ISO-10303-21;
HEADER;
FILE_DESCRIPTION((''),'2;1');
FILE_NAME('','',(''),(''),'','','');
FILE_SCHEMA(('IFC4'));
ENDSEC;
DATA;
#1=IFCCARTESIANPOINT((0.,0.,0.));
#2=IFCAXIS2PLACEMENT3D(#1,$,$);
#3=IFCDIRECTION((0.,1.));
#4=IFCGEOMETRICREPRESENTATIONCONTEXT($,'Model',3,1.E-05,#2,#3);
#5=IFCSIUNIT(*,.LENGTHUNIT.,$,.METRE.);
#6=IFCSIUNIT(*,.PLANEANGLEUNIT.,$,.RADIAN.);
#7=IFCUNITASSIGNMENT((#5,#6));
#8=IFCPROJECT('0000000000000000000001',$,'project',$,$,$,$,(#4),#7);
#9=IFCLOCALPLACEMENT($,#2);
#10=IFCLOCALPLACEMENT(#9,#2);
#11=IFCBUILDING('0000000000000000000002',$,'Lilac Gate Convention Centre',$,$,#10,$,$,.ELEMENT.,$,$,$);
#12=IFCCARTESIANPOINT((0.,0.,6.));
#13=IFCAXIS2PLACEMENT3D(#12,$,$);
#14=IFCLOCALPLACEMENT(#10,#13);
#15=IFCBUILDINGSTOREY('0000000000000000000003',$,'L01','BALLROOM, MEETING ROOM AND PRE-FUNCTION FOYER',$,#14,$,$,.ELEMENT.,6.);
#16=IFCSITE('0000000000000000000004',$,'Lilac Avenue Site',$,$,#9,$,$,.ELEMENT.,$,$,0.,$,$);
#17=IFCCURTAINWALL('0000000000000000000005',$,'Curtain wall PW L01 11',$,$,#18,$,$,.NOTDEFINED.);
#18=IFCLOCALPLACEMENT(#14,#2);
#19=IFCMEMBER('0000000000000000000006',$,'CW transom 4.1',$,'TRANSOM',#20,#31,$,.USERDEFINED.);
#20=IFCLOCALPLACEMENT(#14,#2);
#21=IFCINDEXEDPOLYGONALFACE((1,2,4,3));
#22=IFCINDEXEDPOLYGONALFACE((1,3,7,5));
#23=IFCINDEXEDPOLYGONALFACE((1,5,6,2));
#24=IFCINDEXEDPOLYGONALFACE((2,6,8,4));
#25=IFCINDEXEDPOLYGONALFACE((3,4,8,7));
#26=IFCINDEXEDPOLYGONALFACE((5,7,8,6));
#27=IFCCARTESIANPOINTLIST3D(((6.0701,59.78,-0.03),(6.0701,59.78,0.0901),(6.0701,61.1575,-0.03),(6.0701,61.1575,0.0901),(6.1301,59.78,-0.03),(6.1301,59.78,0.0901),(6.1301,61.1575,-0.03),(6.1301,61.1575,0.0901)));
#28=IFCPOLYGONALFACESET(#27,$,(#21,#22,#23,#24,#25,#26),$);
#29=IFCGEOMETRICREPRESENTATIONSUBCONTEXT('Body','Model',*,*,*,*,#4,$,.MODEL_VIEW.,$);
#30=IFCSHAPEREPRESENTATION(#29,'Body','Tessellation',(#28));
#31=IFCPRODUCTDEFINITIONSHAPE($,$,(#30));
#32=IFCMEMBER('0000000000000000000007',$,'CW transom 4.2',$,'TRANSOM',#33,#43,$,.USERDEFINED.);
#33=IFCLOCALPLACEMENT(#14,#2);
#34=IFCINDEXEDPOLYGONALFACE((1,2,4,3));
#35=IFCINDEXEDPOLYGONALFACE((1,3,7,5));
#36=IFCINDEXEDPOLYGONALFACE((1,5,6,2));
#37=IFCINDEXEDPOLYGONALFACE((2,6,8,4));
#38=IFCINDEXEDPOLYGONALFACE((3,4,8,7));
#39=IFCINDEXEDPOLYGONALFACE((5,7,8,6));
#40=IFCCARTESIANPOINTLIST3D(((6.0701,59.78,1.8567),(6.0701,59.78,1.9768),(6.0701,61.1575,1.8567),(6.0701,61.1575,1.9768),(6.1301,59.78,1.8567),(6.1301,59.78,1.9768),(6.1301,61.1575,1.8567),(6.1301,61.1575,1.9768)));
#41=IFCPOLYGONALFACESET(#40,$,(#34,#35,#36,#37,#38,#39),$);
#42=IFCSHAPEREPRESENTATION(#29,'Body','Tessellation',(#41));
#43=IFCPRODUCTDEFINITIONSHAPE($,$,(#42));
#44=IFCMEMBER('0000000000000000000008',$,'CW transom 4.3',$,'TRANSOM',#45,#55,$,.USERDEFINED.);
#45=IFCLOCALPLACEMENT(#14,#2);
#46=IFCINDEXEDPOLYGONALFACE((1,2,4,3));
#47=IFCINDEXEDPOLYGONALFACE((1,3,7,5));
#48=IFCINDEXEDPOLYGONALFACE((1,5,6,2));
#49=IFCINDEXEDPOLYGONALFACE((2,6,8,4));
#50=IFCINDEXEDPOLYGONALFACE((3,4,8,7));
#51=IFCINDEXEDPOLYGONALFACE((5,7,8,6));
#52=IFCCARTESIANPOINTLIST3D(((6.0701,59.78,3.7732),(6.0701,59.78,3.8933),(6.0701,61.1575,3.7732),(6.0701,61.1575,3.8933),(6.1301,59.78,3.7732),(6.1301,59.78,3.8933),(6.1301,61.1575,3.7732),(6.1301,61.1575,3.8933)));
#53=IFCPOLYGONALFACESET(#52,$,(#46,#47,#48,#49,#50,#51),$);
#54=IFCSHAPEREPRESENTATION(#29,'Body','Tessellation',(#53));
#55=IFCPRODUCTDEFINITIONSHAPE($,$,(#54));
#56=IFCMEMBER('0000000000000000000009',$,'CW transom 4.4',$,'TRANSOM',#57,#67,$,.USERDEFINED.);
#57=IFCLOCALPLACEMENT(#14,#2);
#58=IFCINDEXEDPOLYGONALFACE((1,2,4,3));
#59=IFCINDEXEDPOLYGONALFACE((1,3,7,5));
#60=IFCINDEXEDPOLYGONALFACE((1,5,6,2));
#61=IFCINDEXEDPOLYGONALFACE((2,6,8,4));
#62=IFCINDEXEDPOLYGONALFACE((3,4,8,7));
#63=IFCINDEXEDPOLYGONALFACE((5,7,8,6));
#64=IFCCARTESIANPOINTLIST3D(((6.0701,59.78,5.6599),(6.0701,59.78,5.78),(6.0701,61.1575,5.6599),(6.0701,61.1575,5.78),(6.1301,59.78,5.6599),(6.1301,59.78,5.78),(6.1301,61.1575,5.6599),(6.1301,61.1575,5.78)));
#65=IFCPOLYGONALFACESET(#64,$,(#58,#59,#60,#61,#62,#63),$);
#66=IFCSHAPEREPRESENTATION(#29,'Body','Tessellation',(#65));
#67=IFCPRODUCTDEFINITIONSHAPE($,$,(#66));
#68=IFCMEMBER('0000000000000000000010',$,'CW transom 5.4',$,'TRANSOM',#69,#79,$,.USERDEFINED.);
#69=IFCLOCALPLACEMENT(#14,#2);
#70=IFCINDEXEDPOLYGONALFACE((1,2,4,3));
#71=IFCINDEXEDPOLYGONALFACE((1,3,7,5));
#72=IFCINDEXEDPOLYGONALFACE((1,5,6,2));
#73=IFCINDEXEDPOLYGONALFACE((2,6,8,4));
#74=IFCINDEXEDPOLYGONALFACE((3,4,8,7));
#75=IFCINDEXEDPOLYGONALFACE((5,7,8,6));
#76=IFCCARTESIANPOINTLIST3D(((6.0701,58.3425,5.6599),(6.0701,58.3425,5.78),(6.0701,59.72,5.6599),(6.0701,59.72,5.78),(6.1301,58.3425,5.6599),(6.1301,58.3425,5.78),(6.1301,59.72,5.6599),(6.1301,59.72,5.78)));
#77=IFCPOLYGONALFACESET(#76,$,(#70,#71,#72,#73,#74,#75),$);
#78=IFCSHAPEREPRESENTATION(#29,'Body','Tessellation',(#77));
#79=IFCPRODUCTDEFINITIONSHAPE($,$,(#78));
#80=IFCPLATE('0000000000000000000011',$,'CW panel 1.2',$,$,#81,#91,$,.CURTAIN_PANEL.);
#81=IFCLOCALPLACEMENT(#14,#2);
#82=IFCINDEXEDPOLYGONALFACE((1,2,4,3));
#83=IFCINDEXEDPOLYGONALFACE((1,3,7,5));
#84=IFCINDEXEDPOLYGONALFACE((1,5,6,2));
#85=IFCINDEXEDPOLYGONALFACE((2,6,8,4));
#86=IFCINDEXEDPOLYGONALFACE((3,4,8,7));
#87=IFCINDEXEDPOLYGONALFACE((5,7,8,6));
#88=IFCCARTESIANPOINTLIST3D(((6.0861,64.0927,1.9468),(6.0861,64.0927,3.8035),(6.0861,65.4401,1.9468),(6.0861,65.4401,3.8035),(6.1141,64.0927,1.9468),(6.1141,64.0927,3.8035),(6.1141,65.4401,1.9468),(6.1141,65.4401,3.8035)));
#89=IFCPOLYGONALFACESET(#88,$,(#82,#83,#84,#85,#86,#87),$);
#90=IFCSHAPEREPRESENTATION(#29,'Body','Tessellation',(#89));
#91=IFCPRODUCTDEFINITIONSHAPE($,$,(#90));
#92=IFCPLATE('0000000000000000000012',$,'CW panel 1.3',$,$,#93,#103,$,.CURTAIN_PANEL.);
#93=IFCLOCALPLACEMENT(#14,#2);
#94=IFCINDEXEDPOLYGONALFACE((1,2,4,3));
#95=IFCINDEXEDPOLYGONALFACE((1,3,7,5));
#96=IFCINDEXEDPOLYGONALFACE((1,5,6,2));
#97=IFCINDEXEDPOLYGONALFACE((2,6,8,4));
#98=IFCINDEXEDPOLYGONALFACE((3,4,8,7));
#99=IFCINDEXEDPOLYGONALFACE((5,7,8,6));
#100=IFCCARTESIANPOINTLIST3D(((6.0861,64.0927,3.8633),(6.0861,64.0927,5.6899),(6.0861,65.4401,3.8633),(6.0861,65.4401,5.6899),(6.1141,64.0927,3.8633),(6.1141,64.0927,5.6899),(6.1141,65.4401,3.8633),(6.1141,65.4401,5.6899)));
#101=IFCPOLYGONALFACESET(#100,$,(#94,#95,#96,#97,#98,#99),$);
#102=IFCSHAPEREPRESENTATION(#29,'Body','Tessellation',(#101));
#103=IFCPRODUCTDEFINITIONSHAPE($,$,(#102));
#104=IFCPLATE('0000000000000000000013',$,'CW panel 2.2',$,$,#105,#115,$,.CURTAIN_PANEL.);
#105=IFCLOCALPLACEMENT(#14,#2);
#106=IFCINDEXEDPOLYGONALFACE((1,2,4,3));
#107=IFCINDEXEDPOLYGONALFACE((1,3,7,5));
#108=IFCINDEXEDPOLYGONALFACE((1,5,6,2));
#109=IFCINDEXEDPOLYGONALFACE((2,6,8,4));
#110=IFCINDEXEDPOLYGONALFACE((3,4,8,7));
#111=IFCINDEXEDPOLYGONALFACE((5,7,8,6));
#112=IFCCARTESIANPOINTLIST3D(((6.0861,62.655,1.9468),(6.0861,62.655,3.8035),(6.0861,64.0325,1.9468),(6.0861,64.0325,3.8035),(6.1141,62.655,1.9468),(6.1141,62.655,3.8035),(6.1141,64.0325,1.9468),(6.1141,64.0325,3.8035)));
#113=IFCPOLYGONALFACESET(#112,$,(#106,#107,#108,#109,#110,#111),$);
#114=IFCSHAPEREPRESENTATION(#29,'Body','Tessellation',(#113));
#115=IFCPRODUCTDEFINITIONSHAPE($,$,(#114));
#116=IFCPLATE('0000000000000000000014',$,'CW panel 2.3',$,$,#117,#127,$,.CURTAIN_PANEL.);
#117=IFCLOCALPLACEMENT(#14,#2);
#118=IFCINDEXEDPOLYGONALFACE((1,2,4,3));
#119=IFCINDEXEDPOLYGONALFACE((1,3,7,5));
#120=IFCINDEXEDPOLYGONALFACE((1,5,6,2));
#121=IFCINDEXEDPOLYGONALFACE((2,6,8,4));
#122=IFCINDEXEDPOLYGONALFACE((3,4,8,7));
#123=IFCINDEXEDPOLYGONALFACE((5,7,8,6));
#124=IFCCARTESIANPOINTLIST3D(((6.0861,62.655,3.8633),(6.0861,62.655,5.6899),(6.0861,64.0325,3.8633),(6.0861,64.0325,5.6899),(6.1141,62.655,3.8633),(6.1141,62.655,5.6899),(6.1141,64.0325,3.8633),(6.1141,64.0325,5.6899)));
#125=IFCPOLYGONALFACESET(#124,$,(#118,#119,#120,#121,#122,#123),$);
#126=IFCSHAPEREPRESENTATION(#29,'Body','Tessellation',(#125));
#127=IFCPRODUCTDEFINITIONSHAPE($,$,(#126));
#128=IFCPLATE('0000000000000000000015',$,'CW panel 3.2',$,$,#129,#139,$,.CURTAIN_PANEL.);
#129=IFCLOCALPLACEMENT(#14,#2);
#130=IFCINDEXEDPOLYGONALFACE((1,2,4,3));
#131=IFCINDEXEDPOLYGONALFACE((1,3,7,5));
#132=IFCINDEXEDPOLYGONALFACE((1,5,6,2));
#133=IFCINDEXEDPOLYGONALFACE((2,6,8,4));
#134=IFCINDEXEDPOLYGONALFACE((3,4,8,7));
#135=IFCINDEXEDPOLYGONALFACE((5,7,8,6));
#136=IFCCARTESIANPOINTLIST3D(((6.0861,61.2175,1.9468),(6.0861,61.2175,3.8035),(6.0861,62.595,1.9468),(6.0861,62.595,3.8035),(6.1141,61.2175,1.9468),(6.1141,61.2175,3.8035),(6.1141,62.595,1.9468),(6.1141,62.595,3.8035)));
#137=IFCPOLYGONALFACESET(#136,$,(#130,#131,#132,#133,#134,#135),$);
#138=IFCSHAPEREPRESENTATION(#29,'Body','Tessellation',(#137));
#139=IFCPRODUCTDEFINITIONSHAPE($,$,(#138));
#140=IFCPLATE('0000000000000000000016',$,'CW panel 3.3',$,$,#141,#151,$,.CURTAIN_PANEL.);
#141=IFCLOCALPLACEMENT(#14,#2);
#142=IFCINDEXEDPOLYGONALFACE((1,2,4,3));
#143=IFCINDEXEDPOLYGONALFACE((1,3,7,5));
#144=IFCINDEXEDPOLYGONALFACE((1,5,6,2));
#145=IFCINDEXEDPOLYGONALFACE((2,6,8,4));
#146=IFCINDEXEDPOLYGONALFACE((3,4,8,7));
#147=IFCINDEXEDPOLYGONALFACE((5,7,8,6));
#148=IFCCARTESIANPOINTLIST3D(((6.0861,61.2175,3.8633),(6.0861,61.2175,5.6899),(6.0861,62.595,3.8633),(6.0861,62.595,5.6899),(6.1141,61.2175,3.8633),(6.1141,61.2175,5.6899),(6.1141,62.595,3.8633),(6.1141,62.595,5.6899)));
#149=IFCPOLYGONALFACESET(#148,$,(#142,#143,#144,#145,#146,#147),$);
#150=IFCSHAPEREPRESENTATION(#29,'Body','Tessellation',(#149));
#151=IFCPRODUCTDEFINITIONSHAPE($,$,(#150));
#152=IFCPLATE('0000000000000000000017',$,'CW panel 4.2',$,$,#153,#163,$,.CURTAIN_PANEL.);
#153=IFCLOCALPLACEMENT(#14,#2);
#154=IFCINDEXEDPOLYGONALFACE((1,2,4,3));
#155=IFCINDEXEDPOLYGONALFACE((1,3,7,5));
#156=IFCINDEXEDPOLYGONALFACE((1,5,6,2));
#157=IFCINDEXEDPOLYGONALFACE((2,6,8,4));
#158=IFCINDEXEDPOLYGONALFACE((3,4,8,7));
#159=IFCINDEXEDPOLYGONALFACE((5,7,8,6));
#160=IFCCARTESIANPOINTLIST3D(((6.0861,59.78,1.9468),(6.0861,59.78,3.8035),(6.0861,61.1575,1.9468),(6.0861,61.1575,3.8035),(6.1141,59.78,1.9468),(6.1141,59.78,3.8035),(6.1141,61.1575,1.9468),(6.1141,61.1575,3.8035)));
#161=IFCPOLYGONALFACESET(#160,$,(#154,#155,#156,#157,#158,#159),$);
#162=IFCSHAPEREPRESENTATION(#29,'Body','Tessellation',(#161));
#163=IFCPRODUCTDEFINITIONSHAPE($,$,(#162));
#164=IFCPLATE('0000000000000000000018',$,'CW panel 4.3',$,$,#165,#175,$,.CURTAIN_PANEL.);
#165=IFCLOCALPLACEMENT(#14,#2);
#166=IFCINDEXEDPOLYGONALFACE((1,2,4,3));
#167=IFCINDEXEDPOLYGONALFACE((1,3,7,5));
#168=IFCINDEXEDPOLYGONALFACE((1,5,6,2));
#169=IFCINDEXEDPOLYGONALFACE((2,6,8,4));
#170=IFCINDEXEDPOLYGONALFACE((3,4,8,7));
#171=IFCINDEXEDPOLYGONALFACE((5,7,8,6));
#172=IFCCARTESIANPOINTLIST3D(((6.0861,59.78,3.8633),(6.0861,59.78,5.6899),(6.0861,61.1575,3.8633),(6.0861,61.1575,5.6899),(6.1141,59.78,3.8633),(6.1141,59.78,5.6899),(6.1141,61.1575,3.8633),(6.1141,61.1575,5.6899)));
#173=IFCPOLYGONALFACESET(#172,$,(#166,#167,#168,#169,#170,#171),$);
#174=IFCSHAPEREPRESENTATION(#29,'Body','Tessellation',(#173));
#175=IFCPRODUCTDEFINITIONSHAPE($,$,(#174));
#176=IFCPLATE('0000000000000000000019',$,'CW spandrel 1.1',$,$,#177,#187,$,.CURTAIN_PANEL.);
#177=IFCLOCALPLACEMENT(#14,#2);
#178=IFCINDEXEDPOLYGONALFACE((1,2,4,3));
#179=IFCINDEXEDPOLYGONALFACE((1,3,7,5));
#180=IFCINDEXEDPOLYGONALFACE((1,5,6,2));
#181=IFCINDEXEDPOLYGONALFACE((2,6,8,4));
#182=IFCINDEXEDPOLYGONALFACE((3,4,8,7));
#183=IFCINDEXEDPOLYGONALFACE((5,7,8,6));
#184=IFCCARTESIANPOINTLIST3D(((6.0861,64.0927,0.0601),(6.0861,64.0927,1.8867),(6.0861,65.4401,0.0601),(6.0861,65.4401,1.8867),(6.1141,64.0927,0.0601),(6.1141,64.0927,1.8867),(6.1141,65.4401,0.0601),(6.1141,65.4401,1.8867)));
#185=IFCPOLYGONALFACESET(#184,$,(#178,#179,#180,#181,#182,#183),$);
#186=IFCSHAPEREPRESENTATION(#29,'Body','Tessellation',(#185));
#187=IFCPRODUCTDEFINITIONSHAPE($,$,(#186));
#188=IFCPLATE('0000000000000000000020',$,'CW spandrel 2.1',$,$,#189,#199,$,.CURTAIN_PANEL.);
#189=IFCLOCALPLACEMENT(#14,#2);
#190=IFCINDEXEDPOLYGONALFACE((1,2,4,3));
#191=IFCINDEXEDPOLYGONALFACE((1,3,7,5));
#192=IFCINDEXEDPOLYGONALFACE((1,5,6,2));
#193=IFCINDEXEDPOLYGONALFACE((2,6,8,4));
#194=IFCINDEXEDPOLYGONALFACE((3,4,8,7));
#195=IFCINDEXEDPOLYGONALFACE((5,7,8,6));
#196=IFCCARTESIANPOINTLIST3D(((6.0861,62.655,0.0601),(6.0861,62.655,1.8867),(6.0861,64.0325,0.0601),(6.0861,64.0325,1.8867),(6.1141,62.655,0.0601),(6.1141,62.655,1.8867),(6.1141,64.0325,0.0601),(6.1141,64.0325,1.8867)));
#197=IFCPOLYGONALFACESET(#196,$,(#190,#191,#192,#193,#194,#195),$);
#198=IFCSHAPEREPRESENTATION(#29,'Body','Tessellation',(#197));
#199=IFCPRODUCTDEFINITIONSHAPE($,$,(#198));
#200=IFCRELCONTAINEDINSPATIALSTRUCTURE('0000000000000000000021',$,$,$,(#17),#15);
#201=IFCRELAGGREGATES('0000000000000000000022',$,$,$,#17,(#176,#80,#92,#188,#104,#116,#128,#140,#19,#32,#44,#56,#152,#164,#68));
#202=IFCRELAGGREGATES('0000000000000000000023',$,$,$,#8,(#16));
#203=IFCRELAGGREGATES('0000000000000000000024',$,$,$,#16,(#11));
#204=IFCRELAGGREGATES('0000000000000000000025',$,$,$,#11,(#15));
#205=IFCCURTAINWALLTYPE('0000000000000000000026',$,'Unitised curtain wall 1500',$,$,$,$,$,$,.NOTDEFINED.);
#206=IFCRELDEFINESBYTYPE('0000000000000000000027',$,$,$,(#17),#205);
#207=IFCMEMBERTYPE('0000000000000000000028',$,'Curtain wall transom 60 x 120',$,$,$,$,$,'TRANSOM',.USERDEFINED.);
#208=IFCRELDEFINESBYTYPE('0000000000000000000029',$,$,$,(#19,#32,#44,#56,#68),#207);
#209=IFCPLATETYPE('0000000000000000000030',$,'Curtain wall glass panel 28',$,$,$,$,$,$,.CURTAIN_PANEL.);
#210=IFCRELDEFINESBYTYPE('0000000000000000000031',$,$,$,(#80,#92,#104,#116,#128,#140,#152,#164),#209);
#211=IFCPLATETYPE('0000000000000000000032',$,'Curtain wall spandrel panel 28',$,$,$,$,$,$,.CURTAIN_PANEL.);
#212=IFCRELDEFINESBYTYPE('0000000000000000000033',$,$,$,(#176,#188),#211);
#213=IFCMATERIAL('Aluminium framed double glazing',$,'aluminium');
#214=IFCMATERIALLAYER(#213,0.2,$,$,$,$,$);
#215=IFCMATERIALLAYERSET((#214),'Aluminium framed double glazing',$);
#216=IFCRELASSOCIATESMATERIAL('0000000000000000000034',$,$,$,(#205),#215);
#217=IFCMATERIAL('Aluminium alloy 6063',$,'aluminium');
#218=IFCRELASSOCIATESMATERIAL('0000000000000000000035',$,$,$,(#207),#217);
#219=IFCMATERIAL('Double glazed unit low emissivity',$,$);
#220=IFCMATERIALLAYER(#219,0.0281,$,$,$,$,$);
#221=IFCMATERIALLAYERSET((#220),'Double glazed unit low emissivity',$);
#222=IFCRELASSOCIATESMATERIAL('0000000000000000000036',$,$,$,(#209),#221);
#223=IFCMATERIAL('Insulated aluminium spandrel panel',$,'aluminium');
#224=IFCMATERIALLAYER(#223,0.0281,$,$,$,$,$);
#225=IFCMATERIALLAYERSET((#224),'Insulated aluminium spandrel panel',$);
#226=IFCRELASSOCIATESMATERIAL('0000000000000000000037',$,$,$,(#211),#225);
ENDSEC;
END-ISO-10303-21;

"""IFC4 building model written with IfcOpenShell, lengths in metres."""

from ifc_helpers import new_model, si_unit, direction, frame, origin, origin_2d, place, context, subcontext, project, spatial, rectangle, extrude, material, layer, layer_set, material_profile, profile_set, type_object, element, aggregate, save


model = new_model("IFC4")

# Units and contexts
model_context = context("Model", 3, precision=1e-05, world=origin(), true_north=direction((0.0, 1.0)))
body_context = subcontext(model_context, "Body", "Model", "MODEL_VIEW")
ifc_project = project(units=[si_unit("LENGTHUNIT", "METRE"), si_unit("PLANEANGLEUNIT", "RADIAN")], contexts=[model_context])

# Site, building, storey
site_placement = place(None, origin())
site = spatial("IfcSite", under=ifc_project, at=site_placement, Name="Lilac Avenue Site", CompositionType="ELEMENT", RefElevation=0.0)
building_placement = place(site_placement, origin())
building = spatial("IfcBuilding", under=site, at=building_placement, Name="Lilac Gate Convention Centre", CompositionType="ELEMENT")
storey_placement = place(building_placement, frame((0.0, 0.0, 6.0)))
storey = spatial("IfcBuildingStorey", under=building, at=storey_placement, Name="L01", Description="BALLROOM, MEETING ROOM AND PRE-FUNCTION FOYER", CompositionType="ELEMENT", Elevation=6.0)

# Curtain wall, members, plates
ifc_material_1 = material(Name="Aluminium framed double glazing", Category="aluminium")
ifc_layer_1 = layer(ifc_material_1, 0.2)
ifc_layer_set_1 = layer_set([ifc_layer_1], Name="Aluminium framed double glazing")
curtain_wall_type = type_object("IfcCurtainWallType", Name="Unitised curtain wall 1500", PredefinedType="NOTDEFINED", material=ifc_layer_set_1)
curtain_wall_placement = place(storey_placement, origin())
curtain_wall = element("IfcCurtainWall", 1, at=curtain_wall_placement, inside=storey, type_object=curtain_wall_type, Name="Curtain wall PW L01 11", PredefinedType="NOTDEFINED")
ifc_material_2 = material(Name="Aluminium alloy 6063", Category="aluminium")
ifc_material_profile_1 = material_profile(ifc_material_2, rectangle(XDim=0.0601, YDim=0.1201, at=origin_2d()), Name="Curtain wall transom 60 x 120")
ifc_profile_set_1 = profile_set([ifc_material_profile_1], Name="Aluminium alloy 6063")
member_type_1 = type_object("IfcMemberType", Name="Curtain wall transom 60 x 120", ElementType="TRANSOM", PredefinedType="USERDEFINED", material=ifc_profile_set_1)
member_1_placement = place(storey_placement, frame((6.1001, 61.1575, 0.03), z_axis=(0.0, -1.0, 0.0), x_axis=(1.0, 0.0, 0.0)))
member_1 = element("IfcMember", 2, at=member_1_placement, type_object=member_type_1, Name="CW transom 4.1", ObjectType="TRANSOM", PredefinedType="USERDEFINED", context=body_context, shape_type="SweptSolid", body=[
    extrude(rectangle(XDim=0.0601, YDim=0.1201, at=origin_2d()), origin(), (0.0, 0.0, 1.0), 1.3774),
])
member_2_placement = place(storey_placement, frame((6.1001, 61.1575, 1.9167), z_axis=(0.0, -1.0, 0.0), x_axis=(1.0, 0.0, 0.0)))
member_2 = element("IfcMember", 3, at=member_2_placement, type_object=member_type_1, Name="CW transom 4.2", ObjectType="TRANSOM", PredefinedType="USERDEFINED", context=body_context, shape_type="SweptSolid", body=[
    extrude(rectangle(XDim=0.0601, YDim=0.1201, at=origin_2d()), origin(), (0.0, 0.0, 1.0), 1.3774),
])
member_3_placement = place(storey_placement, frame((6.1001, 61.1575, 3.8333), z_axis=(0.0, -1.0, 0.0), x_axis=(1.0, 0.0, 0.0)))
member_3 = element("IfcMember", 4, at=member_3_placement, type_object=member_type_1, Name="CW transom 4.3", ObjectType="TRANSOM", PredefinedType="USERDEFINED", context=body_context, shape_type="SweptSolid", body=[
    extrude(rectangle(XDim=0.0601, YDim=0.1201, at=origin_2d()), origin(), (0.0, 0.0, 1.0), 1.3774),
])
member_4_placement = place(storey_placement, frame((6.1001, 61.1575, 5.72), z_axis=(0.0, -1.0, 0.0), x_axis=(1.0, 0.0, 0.0)))
member_4 = element("IfcMember", 5, at=member_4_placement, type_object=member_type_1, Name="CW transom 4.4", ObjectType="TRANSOM", PredefinedType="USERDEFINED", context=body_context, shape_type="SweptSolid", body=[
    extrude(rectangle(XDim=0.0601, YDim=0.1201, at=origin_2d()), origin(), (0.0, 0.0, 1.0), 1.3774),
])
member_5_placement = place(storey_placement, frame((6.1001, 59.72, 5.72), z_axis=(0.0, -1.0, 0.0), x_axis=(1.0, 0.0, 0.0)))
member_5 = element("IfcMember", 6, at=member_5_placement, type_object=member_type_1, Name="CW transom 5.4", ObjectType="TRANSOM", PredefinedType="USERDEFINED", context=body_context, shape_type="SweptSolid", body=[
    extrude(rectangle(XDim=0.0601, YDim=0.1201, at=origin_2d()), origin(), (0.0, 0.0, 1.0), 1.3774),
])
ifc_material_3 = material(Name="Double glazed unit low emissivity")
ifc_layer_2 = layer(ifc_material_3, 0.0281)
ifc_layer_set_2 = layer_set([ifc_layer_2], Name="Double glazed unit low emissivity")
plate_type_1 = type_object("IfcPlateType", Name="Curtain wall glass panel 28", PredefinedType="CURTAIN_PANEL", material=ifc_layer_set_2)
plate_1_placement = place(storey_placement, frame((6.1001, 64.7664, 1.9468), z_axis=(0.0, 0.0, 1.0), x_axis=(0.0, -1.0, 0.0)))
plate_1 = element("IfcPlate", 7, at=plate_1_placement, type_object=plate_type_1, Name="CW panel 1.2", PredefinedType="CURTAIN_PANEL", context=body_context, shape_type="SweptSolid", body=[
    extrude(rectangle(XDim=1.3474, YDim=0.0281, at=origin_2d()), origin(), (0.0, 0.0, 1.0), 1.8567),
])
plate_2_placement = place(storey_placement, frame((6.1001, 64.7664, 3.8633), z_axis=(0.0, 0.0, 1.0), x_axis=(0.0, -1.0, 0.0)))
plate_2 = element("IfcPlate", 8, at=plate_2_placement, type_object=plate_type_1, Name="CW panel 1.3", PredefinedType="CURTAIN_PANEL", context=body_context, shape_type="SweptSolid", body=[
    extrude(rectangle(XDim=1.3474, YDim=0.0281, at=origin_2d()), origin(), (0.0, 0.0, 1.0), 1.8267),
])
plate_3_placement = place(storey_placement, frame((6.1001, 63.3438, 1.9468), z_axis=(0.0, 0.0, 1.0), x_axis=(0.0, -1.0, 0.0)))
plate_3 = element("IfcPlate", 9, at=plate_3_placement, type_object=plate_type_1, Name="CW panel 2.2", PredefinedType="CURTAIN_PANEL", context=body_context, shape_type="SweptSolid", body=[
    extrude(rectangle(XDim=1.3774, YDim=0.0281, at=origin_2d()), origin(), (0.0, 0.0, 1.0), 1.8567),
])
plate_4_placement = place(storey_placement, frame((6.1001, 63.3438, 3.8633), z_axis=(0.0, 0.0, 1.0), x_axis=(0.0, -1.0, 0.0)))
plate_4 = element("IfcPlate", 10, at=plate_4_placement, type_object=plate_type_1, Name="CW panel 2.3", PredefinedType="CURTAIN_PANEL", context=body_context, shape_type="SweptSolid", body=[
    extrude(rectangle(XDim=1.3774, YDim=0.0281, at=origin_2d()), origin(), (0.0, 0.0, 1.0), 1.8267),
])
plate_5_placement = place(storey_placement, frame((6.1001, 61.9062, 1.9468), z_axis=(0.0, 0.0, 1.0), x_axis=(0.0, -1.0, 0.0)))
plate_5 = element("IfcPlate", 11, at=plate_5_placement, type_object=plate_type_1, Name="CW panel 3.2", PredefinedType="CURTAIN_PANEL", context=body_context, shape_type="SweptSolid", body=[
    extrude(rectangle(XDim=1.3774, YDim=0.0281, at=origin_2d()), origin(), (0.0, 0.0, 1.0), 1.8567),
])
plate_6_placement = place(storey_placement, frame((6.1001, 61.9062, 3.8633), z_axis=(0.0, 0.0, 1.0), x_axis=(0.0, -1.0, 0.0)))
plate_6 = element("IfcPlate", 12, at=plate_6_placement, type_object=plate_type_1, Name="CW panel 3.3", PredefinedType="CURTAIN_PANEL", context=body_context, shape_type="SweptSolid", body=[
    extrude(rectangle(XDim=1.3774, YDim=0.0281, at=origin_2d()), origin(), (0.0, 0.0, 1.0), 1.8267),
])
plate_7_placement = place(storey_placement, frame((6.1001, 60.4688, 1.9468), z_axis=(0.0, 0.0, 1.0), x_axis=(0.0, -1.0, 0.0)))
plate_7 = element("IfcPlate", 13, at=plate_7_placement, type_object=plate_type_1, Name="CW panel 4.2", PredefinedType="CURTAIN_PANEL", context=body_context, shape_type="SweptSolid", body=[
    extrude(rectangle(XDim=1.3774, YDim=0.0281, at=origin_2d()), origin(), (0.0, 0.0, 1.0), 1.8567),
])
plate_8_placement = place(storey_placement, frame((6.1001, 60.4688, 3.8633), z_axis=(0.0, 0.0, 1.0), x_axis=(0.0, -1.0, 0.0)))
plate_8 = element("IfcPlate", 14, at=plate_8_placement, type_object=plate_type_1, Name="CW panel 4.3", PredefinedType="CURTAIN_PANEL", context=body_context, shape_type="SweptSolid", body=[
    extrude(rectangle(XDim=1.3774, YDim=0.0281, at=origin_2d()), origin(), (0.0, 0.0, 1.0), 1.8267),
])
ifc_material_4 = material(Name="Insulated aluminium spandrel panel", Category="aluminium")
ifc_layer_3 = layer(ifc_material_4, 0.0281)
ifc_layer_set_3 = layer_set([ifc_layer_3], Name="Insulated aluminium spandrel panel")
plate_type_2 = type_object("IfcPlateType", Name="Curtain wall spandrel panel 28", PredefinedType="CURTAIN_PANEL", material=ifc_layer_set_3)
plate_9_placement = place(storey_placement, frame((6.1001, 64.7664, 0.0601), z_axis=(0.0, 0.0, 1.0), x_axis=(0.0, -1.0, 0.0)))
plate_9 = element("IfcPlate", 15, at=plate_9_placement, type_object=plate_type_2, Name="CW spandrel 1.1", PredefinedType="CURTAIN_PANEL", context=body_context, shape_type="SweptSolid", body=[
    extrude(rectangle(XDim=1.3474, YDim=0.0281, at=origin_2d()), origin(), (0.0, 0.0, 1.0), 1.8267),
])
plate_10_placement = place(storey_placement, frame((6.1001, 63.3438, 0.0601), z_axis=(0.0, 0.0, 1.0), x_axis=(0.0, -1.0, 0.0)))
plate_10 = element("IfcPlate", 16, at=plate_10_placement, type_object=plate_type_2, Name="CW spandrel 2.1", PredefinedType="CURTAIN_PANEL", context=body_context, shape_type="SweptSolid", body=[
    extrude(rectangle(XDim=1.3774, YDim=0.0281, at=origin_2d()), origin(), (0.0, 0.0, 1.0), 1.8267),
])
aggregate(curtain_wall, [plate_9, plate_1, plate_2, plate_10, plate_3, plate_4, plate_5, plate_6, member_1, member_2, member_3, member_4, plate_7, plate_8, member_5])

save(model, "model.ifc")
